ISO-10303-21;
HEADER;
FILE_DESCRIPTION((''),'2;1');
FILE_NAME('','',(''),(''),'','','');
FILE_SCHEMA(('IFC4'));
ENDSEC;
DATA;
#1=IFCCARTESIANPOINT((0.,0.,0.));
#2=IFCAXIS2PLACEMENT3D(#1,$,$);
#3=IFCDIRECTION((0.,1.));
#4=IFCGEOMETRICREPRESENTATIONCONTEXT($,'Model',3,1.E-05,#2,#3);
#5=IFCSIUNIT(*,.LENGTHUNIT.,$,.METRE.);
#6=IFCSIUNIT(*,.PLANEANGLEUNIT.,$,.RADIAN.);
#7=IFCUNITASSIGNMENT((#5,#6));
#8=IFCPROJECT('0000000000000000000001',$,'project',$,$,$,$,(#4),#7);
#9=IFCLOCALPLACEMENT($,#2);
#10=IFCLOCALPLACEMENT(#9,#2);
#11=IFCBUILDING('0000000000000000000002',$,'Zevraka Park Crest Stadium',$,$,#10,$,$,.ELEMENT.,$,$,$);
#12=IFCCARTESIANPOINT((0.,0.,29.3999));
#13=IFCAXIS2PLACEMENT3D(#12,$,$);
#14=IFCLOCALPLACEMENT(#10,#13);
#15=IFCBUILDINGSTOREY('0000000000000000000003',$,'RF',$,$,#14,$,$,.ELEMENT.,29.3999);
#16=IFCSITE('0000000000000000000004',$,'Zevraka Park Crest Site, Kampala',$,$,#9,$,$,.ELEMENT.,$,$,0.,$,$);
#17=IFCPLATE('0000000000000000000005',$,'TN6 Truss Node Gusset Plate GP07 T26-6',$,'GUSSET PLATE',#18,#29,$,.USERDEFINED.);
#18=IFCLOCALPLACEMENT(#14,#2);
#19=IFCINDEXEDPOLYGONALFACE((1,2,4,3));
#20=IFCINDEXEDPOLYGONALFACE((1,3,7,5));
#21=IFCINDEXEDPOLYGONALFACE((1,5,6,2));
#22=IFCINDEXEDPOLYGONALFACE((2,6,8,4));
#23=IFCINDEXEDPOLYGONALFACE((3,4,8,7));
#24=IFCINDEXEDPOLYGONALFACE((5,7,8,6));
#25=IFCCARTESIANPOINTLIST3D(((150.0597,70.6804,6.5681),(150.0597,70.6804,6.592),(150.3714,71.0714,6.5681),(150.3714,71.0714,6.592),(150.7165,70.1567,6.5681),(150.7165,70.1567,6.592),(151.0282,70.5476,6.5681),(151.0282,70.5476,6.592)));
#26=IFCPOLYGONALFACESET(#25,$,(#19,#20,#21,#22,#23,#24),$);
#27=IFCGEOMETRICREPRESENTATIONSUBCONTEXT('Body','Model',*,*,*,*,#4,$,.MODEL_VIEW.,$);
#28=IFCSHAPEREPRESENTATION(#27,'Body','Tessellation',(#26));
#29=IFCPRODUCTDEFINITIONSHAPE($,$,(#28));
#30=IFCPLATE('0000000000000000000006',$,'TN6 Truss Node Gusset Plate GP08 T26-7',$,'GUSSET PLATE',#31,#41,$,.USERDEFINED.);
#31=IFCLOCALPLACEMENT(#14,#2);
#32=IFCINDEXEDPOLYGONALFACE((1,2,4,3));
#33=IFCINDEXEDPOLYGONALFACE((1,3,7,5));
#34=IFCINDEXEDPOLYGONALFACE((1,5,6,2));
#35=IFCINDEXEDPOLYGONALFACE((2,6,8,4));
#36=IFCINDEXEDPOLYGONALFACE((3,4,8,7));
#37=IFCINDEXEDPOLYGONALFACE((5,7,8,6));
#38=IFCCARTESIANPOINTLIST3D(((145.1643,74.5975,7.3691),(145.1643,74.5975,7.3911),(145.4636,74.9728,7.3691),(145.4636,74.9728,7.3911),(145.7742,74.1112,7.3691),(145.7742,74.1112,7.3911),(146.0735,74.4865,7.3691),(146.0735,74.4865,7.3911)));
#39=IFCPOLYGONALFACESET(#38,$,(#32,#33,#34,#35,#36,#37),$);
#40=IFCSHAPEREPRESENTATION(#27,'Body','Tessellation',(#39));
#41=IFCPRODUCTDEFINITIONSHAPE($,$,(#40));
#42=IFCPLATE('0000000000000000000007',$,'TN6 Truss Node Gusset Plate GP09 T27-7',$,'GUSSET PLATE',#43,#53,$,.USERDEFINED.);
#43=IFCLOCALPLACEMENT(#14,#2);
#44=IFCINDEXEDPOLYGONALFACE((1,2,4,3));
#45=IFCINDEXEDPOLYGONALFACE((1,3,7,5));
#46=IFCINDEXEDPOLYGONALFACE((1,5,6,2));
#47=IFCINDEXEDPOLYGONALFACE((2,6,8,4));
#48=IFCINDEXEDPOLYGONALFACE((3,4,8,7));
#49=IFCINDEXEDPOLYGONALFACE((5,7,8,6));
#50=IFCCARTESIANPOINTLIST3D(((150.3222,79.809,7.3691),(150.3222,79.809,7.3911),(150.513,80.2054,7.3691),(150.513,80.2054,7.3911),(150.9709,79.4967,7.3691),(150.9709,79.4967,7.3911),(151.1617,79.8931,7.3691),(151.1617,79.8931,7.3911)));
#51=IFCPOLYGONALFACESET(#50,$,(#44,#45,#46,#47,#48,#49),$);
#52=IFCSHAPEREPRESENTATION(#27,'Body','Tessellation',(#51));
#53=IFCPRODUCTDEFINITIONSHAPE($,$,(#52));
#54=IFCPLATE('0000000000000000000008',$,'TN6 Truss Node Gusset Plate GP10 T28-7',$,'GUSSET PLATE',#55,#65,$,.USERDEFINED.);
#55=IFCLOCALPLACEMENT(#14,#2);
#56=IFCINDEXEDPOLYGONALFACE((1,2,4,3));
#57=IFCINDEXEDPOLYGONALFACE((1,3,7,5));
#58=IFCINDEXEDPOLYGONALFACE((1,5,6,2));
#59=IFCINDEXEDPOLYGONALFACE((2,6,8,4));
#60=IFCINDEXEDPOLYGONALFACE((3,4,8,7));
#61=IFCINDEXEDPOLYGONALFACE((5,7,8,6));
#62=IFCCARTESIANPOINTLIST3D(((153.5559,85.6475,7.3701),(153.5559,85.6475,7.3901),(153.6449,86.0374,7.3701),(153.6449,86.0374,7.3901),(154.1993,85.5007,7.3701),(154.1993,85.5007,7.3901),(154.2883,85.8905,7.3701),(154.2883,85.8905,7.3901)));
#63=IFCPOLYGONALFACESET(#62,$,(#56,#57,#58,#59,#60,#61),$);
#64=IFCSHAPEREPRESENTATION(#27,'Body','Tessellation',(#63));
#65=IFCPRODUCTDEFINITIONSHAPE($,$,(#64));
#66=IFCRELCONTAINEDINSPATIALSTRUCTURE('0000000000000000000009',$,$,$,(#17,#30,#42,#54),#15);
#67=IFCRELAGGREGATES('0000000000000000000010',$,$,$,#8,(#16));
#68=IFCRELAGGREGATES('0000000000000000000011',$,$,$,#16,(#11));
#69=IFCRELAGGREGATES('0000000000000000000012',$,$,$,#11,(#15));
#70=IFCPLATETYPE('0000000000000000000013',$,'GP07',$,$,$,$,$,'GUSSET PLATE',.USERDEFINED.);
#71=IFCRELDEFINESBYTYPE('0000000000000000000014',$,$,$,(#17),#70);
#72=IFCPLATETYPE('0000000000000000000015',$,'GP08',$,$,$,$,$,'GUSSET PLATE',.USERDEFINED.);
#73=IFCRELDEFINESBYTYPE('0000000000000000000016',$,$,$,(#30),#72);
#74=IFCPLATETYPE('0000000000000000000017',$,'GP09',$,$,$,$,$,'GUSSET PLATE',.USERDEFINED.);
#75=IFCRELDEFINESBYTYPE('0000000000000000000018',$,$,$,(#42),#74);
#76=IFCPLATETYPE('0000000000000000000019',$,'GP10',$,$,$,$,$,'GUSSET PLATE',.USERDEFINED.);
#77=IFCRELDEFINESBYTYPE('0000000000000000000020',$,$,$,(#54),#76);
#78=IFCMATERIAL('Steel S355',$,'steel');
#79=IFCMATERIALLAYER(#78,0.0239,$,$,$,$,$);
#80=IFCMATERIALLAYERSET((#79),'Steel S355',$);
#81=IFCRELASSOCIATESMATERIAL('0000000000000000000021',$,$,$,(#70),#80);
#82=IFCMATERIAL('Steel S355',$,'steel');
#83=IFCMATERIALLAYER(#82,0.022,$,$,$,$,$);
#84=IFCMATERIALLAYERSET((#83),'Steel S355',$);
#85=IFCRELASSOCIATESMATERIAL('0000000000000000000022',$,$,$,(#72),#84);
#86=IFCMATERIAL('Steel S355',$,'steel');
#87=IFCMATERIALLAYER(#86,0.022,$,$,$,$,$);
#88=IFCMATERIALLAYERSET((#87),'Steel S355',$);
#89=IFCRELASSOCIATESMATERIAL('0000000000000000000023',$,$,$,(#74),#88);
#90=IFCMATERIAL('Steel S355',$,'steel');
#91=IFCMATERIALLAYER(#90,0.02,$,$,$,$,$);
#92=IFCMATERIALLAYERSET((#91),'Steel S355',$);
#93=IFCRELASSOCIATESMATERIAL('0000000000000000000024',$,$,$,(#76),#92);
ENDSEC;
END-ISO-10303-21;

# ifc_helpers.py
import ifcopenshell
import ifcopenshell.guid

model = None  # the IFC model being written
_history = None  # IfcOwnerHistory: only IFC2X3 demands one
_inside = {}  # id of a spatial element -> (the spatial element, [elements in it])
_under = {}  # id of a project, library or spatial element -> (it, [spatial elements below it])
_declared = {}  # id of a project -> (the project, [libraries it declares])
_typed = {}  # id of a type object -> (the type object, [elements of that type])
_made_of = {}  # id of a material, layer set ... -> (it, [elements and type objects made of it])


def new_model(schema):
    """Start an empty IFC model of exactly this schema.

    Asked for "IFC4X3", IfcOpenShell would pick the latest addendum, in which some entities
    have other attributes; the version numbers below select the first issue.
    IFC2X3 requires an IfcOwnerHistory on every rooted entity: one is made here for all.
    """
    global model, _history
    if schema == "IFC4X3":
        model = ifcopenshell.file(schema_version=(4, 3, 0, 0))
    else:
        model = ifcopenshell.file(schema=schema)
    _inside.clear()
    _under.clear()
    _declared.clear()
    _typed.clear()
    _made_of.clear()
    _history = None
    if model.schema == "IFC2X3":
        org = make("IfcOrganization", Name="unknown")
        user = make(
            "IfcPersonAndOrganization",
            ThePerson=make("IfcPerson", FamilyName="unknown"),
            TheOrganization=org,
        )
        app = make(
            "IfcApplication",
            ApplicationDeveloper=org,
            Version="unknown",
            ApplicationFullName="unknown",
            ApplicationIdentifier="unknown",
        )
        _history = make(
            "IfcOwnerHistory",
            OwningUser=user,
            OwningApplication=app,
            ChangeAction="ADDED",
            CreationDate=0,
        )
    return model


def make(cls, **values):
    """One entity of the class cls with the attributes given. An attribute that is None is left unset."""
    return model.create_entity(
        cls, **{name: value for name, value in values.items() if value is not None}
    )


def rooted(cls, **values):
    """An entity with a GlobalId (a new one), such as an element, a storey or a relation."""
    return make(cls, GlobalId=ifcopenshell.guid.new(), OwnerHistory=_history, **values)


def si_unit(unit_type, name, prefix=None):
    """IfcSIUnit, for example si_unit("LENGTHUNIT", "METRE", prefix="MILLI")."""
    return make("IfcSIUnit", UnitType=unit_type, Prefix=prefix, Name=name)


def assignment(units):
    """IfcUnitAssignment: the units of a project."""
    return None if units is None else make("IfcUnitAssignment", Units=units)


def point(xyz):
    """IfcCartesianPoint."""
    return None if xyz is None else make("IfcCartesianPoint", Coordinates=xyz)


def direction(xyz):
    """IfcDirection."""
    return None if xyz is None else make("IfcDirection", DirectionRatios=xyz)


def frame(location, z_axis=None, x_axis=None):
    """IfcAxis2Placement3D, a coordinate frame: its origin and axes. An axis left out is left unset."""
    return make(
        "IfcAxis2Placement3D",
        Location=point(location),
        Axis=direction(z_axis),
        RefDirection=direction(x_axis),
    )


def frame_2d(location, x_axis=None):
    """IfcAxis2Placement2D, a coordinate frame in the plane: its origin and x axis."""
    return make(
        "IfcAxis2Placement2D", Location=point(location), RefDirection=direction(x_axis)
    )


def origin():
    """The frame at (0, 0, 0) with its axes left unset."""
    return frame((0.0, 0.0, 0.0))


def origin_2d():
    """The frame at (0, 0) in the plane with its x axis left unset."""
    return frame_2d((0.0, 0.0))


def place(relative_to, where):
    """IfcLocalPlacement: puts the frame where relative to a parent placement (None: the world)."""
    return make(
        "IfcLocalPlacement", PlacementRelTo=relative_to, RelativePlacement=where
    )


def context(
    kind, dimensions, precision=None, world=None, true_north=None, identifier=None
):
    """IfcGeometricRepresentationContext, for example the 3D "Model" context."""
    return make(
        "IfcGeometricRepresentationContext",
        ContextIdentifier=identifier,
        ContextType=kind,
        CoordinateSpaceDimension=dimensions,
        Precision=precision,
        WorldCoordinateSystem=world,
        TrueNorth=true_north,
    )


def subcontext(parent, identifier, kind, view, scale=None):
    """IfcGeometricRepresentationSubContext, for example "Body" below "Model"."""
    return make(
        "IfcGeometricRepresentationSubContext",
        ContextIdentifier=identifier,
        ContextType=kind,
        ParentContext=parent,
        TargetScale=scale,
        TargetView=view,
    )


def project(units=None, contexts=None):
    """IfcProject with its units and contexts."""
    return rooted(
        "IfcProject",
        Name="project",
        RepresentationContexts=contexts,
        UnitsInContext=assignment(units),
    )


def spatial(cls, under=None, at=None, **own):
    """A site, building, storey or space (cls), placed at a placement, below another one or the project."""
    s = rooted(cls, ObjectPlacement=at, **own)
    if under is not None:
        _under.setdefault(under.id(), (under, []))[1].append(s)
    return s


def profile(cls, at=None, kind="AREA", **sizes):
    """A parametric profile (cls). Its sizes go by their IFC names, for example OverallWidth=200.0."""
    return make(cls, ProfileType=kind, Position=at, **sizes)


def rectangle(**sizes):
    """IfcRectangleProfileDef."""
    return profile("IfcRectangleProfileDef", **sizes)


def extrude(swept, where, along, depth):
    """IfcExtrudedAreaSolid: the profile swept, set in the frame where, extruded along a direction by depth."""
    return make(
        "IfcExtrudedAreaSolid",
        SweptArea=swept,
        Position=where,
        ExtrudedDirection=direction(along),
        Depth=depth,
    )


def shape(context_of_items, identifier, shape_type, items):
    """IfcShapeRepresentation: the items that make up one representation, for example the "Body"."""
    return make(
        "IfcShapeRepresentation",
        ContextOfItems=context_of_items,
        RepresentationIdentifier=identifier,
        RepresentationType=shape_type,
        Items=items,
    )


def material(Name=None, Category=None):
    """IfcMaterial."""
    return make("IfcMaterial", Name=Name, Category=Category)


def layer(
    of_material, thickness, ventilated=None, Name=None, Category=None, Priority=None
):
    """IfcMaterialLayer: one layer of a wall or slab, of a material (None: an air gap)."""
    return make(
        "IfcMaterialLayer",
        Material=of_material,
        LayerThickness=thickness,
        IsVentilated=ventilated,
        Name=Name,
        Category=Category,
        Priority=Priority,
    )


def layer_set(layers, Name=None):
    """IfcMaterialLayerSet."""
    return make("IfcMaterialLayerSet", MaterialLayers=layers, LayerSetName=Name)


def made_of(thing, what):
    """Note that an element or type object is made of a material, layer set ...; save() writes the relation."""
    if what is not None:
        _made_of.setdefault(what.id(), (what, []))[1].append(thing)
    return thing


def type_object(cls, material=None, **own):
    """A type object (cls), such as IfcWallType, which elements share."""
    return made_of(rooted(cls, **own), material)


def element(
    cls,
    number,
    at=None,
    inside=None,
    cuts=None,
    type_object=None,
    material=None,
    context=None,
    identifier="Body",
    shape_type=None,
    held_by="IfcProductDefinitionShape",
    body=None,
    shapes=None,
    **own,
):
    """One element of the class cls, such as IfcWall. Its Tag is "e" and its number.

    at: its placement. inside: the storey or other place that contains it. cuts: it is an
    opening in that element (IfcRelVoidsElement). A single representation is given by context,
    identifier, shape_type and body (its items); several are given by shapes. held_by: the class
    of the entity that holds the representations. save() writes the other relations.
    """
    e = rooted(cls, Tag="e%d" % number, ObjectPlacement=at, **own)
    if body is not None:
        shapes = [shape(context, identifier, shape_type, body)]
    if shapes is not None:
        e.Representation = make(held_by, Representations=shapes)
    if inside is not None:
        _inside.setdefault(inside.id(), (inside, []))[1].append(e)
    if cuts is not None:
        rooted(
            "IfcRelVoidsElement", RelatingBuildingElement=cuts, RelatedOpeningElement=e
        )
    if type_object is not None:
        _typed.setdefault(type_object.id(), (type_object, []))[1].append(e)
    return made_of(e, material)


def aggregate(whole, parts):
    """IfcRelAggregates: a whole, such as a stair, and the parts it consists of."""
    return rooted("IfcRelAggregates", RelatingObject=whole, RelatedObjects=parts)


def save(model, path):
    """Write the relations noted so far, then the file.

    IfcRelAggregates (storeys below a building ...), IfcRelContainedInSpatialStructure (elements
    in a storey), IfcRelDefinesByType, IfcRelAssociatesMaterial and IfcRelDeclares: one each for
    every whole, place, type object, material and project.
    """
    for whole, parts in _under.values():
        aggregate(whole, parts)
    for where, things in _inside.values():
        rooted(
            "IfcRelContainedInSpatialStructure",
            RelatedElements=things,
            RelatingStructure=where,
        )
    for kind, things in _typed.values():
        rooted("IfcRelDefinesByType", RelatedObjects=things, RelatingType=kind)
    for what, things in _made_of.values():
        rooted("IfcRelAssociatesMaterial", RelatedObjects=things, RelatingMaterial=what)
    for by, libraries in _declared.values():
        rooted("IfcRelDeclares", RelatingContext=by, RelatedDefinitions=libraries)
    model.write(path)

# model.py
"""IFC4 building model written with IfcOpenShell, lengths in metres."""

from ifc_helpers import new_model, si_unit, direction, frame, origin, origin_2d, place, context, subcontext, project, spatial, rectangle, extrude, material, layer, layer_set, type_object, element, save


model = new_model("IFC4")

# Units and contexts
model_context = context("Model", 3, precision=1e-05, world=origin(), true_north=direction((0.0, 1.0)))
body_context = subcontext(model_context, "Body", "Model", "MODEL_VIEW")
ifc_project = project(units=[si_unit("LENGTHUNIT", "METRE"), si_unit("PLANEANGLEUNIT", "RADIAN")], contexts=[model_context])

# Site, building, storey
site_placement = place(None, origin())
site = spatial("IfcSite", under=ifc_project, at=site_placement, Name="Zevraka Park Crest Site, Kampala", CompositionType="ELEMENT", RefElevation=0.0)
building_placement = place(site_placement, origin())
building = spatial("IfcBuilding", under=site, at=building_placement, Name="Zevraka Park Crest Stadium", CompositionType="ELEMENT")
storey_placement = place(building_placement, frame((0.0, 0.0, 29.3999)))
storey = spatial("IfcBuildingStorey", under=building, at=storey_placement, Name="RF", CompositionType="ELEMENT", Elevation=29.3999)

# Plates
ifc_material_1 = material(Name="Steel S355", Category="steel")
ifc_layer_1 = layer(ifc_material_1, 0.0239)
ifc_layer_set_1 = layer_set([ifc_layer_1], Name="Steel S355")
plate_type_1 = type_object("IfcPlateType", Name="GP07", ElementType="GUSSET PLATE", PredefinedType="USERDEFINED", material=ifc_layer_set_1)
plate_1_placement = place(storey_placement, frame((150.5439, 70.614, 6.5681), z_axis=(0.0, 0.0, 1.0), x_axis=(-0.781847, 0.62347, 0.0)))
element("IfcPlate", 1, at=plate_1_placement, inside=storey, type_object=plate_type_1, Name="TN6 Truss Node Gusset Plate GP07 T26-6", ObjectType="GUSSET PLATE", PredefinedType="USERDEFINED", context=body_context, shape_type="SweptSolid", body=[
    extrude(rectangle(XDim=0.8401, YDim=0.5, at=origin_2d()), origin(), (0.0, 0.0, 1.0), 0.0239),
])
ifc_material_2 = material(Name="Steel S355", Category="steel")
ifc_layer_2 = layer(ifc_material_2, 0.022)
ifc_layer_set_2 = layer_set([ifc_layer_2], Name="Steel S355")
plate_type_2 = type_object("IfcPlateType", Name="GP08", ElementType="GUSSET PLATE", PredefinedType="USERDEFINED", material=ifc_layer_set_2)
plate_2_placement = place(storey_placement, frame((145.6189, 74.542, 7.3691), z_axis=(0.0, 0.0, 1.0), x_axis=(-0.781847, 0.62347, 0.0)))
element("IfcPlate", 2, at=plate_2_placement, inside=storey, type_object=plate_type_2, Name="TN6 Truss Node Gusset Plate GP08 T26-7", ObjectType="GUSSET PLATE", PredefinedType="USERDEFINED", context=body_context, shape_type="SweptSolid", body=[
    extrude(rectangle(XDim=0.78, YDim=0.48, at=origin_2d()), origin(), (0.0, 0.0, 1.0), 0.022),
])
ifc_material_3 = material(Name="Steel S355", Category="steel")
ifc_layer_3 = layer(ifc_material_3, 0.022)
ifc_layer_set_3 = layer_set([ifc_layer_3], Name="Steel S355")
plate_type_3 = type_object("IfcPlateType", Name="GP09", ElementType="GUSSET PLATE", PredefinedType="USERDEFINED", material=ifc_layer_set_3)
plate_3_placement = place(storey_placement, frame((150.7419, 79.8511, 7.3691), z_axis=(0.0, 0.0, 1.0), x_axis=(-0.901001, 0.433816, 0.0)))
element("IfcPlate", 3, at=plate_3_placement, inside=storey, type_object=plate_type_3, Name="TN6 Truss Node Gusset Plate GP09 T27-7", ObjectType="GUSSET PLATE", PredefinedType="USERDEFINED", context=body_context, shape_type="SweptSolid", body=[
    extrude(rectangle(XDim=0.72, YDim=0.4399, at=origin_2d()), origin(), (0.0, 0.0, 1.0), 0.022),
])
ifc_material_4 = material(Name="Steel S355", Category="steel")
ifc_layer_4 = layer(ifc_material_4, 0.02)
ifc_layer_set_4 = layer_set([ifc_layer_4], Name="Steel S355")
plate_type_4 = type_object("IfcPlateType", Name="GP10", ElementType="GUSSET PLATE", PredefinedType="USERDEFINED", material=ifc_layer_set_4)
plate_4_placement = place(storey_placement, frame((153.9221, 85.769, 7.3701), z_axis=(0.0, 0.0, 1.0), x_axis=(-0.974917, 0.22257, 0.0)))
element("IfcPlate", 4, at=plate_4_placement, inside=storey, type_object=plate_type_4, Name="TN6 Truss Node Gusset Plate GP10 T28-7", ObjectType="GUSSET PLATE", PredefinedType="USERDEFINED", context=body_context, shape_type="SweptSolid", body=[
    extrude(rectangle(XDim=0.6599, YDim=0.3999, at=origin_2d()), origin(), (0.0, 0.0, 1.0), 0.02),
])

save(model, "model.ifc")
